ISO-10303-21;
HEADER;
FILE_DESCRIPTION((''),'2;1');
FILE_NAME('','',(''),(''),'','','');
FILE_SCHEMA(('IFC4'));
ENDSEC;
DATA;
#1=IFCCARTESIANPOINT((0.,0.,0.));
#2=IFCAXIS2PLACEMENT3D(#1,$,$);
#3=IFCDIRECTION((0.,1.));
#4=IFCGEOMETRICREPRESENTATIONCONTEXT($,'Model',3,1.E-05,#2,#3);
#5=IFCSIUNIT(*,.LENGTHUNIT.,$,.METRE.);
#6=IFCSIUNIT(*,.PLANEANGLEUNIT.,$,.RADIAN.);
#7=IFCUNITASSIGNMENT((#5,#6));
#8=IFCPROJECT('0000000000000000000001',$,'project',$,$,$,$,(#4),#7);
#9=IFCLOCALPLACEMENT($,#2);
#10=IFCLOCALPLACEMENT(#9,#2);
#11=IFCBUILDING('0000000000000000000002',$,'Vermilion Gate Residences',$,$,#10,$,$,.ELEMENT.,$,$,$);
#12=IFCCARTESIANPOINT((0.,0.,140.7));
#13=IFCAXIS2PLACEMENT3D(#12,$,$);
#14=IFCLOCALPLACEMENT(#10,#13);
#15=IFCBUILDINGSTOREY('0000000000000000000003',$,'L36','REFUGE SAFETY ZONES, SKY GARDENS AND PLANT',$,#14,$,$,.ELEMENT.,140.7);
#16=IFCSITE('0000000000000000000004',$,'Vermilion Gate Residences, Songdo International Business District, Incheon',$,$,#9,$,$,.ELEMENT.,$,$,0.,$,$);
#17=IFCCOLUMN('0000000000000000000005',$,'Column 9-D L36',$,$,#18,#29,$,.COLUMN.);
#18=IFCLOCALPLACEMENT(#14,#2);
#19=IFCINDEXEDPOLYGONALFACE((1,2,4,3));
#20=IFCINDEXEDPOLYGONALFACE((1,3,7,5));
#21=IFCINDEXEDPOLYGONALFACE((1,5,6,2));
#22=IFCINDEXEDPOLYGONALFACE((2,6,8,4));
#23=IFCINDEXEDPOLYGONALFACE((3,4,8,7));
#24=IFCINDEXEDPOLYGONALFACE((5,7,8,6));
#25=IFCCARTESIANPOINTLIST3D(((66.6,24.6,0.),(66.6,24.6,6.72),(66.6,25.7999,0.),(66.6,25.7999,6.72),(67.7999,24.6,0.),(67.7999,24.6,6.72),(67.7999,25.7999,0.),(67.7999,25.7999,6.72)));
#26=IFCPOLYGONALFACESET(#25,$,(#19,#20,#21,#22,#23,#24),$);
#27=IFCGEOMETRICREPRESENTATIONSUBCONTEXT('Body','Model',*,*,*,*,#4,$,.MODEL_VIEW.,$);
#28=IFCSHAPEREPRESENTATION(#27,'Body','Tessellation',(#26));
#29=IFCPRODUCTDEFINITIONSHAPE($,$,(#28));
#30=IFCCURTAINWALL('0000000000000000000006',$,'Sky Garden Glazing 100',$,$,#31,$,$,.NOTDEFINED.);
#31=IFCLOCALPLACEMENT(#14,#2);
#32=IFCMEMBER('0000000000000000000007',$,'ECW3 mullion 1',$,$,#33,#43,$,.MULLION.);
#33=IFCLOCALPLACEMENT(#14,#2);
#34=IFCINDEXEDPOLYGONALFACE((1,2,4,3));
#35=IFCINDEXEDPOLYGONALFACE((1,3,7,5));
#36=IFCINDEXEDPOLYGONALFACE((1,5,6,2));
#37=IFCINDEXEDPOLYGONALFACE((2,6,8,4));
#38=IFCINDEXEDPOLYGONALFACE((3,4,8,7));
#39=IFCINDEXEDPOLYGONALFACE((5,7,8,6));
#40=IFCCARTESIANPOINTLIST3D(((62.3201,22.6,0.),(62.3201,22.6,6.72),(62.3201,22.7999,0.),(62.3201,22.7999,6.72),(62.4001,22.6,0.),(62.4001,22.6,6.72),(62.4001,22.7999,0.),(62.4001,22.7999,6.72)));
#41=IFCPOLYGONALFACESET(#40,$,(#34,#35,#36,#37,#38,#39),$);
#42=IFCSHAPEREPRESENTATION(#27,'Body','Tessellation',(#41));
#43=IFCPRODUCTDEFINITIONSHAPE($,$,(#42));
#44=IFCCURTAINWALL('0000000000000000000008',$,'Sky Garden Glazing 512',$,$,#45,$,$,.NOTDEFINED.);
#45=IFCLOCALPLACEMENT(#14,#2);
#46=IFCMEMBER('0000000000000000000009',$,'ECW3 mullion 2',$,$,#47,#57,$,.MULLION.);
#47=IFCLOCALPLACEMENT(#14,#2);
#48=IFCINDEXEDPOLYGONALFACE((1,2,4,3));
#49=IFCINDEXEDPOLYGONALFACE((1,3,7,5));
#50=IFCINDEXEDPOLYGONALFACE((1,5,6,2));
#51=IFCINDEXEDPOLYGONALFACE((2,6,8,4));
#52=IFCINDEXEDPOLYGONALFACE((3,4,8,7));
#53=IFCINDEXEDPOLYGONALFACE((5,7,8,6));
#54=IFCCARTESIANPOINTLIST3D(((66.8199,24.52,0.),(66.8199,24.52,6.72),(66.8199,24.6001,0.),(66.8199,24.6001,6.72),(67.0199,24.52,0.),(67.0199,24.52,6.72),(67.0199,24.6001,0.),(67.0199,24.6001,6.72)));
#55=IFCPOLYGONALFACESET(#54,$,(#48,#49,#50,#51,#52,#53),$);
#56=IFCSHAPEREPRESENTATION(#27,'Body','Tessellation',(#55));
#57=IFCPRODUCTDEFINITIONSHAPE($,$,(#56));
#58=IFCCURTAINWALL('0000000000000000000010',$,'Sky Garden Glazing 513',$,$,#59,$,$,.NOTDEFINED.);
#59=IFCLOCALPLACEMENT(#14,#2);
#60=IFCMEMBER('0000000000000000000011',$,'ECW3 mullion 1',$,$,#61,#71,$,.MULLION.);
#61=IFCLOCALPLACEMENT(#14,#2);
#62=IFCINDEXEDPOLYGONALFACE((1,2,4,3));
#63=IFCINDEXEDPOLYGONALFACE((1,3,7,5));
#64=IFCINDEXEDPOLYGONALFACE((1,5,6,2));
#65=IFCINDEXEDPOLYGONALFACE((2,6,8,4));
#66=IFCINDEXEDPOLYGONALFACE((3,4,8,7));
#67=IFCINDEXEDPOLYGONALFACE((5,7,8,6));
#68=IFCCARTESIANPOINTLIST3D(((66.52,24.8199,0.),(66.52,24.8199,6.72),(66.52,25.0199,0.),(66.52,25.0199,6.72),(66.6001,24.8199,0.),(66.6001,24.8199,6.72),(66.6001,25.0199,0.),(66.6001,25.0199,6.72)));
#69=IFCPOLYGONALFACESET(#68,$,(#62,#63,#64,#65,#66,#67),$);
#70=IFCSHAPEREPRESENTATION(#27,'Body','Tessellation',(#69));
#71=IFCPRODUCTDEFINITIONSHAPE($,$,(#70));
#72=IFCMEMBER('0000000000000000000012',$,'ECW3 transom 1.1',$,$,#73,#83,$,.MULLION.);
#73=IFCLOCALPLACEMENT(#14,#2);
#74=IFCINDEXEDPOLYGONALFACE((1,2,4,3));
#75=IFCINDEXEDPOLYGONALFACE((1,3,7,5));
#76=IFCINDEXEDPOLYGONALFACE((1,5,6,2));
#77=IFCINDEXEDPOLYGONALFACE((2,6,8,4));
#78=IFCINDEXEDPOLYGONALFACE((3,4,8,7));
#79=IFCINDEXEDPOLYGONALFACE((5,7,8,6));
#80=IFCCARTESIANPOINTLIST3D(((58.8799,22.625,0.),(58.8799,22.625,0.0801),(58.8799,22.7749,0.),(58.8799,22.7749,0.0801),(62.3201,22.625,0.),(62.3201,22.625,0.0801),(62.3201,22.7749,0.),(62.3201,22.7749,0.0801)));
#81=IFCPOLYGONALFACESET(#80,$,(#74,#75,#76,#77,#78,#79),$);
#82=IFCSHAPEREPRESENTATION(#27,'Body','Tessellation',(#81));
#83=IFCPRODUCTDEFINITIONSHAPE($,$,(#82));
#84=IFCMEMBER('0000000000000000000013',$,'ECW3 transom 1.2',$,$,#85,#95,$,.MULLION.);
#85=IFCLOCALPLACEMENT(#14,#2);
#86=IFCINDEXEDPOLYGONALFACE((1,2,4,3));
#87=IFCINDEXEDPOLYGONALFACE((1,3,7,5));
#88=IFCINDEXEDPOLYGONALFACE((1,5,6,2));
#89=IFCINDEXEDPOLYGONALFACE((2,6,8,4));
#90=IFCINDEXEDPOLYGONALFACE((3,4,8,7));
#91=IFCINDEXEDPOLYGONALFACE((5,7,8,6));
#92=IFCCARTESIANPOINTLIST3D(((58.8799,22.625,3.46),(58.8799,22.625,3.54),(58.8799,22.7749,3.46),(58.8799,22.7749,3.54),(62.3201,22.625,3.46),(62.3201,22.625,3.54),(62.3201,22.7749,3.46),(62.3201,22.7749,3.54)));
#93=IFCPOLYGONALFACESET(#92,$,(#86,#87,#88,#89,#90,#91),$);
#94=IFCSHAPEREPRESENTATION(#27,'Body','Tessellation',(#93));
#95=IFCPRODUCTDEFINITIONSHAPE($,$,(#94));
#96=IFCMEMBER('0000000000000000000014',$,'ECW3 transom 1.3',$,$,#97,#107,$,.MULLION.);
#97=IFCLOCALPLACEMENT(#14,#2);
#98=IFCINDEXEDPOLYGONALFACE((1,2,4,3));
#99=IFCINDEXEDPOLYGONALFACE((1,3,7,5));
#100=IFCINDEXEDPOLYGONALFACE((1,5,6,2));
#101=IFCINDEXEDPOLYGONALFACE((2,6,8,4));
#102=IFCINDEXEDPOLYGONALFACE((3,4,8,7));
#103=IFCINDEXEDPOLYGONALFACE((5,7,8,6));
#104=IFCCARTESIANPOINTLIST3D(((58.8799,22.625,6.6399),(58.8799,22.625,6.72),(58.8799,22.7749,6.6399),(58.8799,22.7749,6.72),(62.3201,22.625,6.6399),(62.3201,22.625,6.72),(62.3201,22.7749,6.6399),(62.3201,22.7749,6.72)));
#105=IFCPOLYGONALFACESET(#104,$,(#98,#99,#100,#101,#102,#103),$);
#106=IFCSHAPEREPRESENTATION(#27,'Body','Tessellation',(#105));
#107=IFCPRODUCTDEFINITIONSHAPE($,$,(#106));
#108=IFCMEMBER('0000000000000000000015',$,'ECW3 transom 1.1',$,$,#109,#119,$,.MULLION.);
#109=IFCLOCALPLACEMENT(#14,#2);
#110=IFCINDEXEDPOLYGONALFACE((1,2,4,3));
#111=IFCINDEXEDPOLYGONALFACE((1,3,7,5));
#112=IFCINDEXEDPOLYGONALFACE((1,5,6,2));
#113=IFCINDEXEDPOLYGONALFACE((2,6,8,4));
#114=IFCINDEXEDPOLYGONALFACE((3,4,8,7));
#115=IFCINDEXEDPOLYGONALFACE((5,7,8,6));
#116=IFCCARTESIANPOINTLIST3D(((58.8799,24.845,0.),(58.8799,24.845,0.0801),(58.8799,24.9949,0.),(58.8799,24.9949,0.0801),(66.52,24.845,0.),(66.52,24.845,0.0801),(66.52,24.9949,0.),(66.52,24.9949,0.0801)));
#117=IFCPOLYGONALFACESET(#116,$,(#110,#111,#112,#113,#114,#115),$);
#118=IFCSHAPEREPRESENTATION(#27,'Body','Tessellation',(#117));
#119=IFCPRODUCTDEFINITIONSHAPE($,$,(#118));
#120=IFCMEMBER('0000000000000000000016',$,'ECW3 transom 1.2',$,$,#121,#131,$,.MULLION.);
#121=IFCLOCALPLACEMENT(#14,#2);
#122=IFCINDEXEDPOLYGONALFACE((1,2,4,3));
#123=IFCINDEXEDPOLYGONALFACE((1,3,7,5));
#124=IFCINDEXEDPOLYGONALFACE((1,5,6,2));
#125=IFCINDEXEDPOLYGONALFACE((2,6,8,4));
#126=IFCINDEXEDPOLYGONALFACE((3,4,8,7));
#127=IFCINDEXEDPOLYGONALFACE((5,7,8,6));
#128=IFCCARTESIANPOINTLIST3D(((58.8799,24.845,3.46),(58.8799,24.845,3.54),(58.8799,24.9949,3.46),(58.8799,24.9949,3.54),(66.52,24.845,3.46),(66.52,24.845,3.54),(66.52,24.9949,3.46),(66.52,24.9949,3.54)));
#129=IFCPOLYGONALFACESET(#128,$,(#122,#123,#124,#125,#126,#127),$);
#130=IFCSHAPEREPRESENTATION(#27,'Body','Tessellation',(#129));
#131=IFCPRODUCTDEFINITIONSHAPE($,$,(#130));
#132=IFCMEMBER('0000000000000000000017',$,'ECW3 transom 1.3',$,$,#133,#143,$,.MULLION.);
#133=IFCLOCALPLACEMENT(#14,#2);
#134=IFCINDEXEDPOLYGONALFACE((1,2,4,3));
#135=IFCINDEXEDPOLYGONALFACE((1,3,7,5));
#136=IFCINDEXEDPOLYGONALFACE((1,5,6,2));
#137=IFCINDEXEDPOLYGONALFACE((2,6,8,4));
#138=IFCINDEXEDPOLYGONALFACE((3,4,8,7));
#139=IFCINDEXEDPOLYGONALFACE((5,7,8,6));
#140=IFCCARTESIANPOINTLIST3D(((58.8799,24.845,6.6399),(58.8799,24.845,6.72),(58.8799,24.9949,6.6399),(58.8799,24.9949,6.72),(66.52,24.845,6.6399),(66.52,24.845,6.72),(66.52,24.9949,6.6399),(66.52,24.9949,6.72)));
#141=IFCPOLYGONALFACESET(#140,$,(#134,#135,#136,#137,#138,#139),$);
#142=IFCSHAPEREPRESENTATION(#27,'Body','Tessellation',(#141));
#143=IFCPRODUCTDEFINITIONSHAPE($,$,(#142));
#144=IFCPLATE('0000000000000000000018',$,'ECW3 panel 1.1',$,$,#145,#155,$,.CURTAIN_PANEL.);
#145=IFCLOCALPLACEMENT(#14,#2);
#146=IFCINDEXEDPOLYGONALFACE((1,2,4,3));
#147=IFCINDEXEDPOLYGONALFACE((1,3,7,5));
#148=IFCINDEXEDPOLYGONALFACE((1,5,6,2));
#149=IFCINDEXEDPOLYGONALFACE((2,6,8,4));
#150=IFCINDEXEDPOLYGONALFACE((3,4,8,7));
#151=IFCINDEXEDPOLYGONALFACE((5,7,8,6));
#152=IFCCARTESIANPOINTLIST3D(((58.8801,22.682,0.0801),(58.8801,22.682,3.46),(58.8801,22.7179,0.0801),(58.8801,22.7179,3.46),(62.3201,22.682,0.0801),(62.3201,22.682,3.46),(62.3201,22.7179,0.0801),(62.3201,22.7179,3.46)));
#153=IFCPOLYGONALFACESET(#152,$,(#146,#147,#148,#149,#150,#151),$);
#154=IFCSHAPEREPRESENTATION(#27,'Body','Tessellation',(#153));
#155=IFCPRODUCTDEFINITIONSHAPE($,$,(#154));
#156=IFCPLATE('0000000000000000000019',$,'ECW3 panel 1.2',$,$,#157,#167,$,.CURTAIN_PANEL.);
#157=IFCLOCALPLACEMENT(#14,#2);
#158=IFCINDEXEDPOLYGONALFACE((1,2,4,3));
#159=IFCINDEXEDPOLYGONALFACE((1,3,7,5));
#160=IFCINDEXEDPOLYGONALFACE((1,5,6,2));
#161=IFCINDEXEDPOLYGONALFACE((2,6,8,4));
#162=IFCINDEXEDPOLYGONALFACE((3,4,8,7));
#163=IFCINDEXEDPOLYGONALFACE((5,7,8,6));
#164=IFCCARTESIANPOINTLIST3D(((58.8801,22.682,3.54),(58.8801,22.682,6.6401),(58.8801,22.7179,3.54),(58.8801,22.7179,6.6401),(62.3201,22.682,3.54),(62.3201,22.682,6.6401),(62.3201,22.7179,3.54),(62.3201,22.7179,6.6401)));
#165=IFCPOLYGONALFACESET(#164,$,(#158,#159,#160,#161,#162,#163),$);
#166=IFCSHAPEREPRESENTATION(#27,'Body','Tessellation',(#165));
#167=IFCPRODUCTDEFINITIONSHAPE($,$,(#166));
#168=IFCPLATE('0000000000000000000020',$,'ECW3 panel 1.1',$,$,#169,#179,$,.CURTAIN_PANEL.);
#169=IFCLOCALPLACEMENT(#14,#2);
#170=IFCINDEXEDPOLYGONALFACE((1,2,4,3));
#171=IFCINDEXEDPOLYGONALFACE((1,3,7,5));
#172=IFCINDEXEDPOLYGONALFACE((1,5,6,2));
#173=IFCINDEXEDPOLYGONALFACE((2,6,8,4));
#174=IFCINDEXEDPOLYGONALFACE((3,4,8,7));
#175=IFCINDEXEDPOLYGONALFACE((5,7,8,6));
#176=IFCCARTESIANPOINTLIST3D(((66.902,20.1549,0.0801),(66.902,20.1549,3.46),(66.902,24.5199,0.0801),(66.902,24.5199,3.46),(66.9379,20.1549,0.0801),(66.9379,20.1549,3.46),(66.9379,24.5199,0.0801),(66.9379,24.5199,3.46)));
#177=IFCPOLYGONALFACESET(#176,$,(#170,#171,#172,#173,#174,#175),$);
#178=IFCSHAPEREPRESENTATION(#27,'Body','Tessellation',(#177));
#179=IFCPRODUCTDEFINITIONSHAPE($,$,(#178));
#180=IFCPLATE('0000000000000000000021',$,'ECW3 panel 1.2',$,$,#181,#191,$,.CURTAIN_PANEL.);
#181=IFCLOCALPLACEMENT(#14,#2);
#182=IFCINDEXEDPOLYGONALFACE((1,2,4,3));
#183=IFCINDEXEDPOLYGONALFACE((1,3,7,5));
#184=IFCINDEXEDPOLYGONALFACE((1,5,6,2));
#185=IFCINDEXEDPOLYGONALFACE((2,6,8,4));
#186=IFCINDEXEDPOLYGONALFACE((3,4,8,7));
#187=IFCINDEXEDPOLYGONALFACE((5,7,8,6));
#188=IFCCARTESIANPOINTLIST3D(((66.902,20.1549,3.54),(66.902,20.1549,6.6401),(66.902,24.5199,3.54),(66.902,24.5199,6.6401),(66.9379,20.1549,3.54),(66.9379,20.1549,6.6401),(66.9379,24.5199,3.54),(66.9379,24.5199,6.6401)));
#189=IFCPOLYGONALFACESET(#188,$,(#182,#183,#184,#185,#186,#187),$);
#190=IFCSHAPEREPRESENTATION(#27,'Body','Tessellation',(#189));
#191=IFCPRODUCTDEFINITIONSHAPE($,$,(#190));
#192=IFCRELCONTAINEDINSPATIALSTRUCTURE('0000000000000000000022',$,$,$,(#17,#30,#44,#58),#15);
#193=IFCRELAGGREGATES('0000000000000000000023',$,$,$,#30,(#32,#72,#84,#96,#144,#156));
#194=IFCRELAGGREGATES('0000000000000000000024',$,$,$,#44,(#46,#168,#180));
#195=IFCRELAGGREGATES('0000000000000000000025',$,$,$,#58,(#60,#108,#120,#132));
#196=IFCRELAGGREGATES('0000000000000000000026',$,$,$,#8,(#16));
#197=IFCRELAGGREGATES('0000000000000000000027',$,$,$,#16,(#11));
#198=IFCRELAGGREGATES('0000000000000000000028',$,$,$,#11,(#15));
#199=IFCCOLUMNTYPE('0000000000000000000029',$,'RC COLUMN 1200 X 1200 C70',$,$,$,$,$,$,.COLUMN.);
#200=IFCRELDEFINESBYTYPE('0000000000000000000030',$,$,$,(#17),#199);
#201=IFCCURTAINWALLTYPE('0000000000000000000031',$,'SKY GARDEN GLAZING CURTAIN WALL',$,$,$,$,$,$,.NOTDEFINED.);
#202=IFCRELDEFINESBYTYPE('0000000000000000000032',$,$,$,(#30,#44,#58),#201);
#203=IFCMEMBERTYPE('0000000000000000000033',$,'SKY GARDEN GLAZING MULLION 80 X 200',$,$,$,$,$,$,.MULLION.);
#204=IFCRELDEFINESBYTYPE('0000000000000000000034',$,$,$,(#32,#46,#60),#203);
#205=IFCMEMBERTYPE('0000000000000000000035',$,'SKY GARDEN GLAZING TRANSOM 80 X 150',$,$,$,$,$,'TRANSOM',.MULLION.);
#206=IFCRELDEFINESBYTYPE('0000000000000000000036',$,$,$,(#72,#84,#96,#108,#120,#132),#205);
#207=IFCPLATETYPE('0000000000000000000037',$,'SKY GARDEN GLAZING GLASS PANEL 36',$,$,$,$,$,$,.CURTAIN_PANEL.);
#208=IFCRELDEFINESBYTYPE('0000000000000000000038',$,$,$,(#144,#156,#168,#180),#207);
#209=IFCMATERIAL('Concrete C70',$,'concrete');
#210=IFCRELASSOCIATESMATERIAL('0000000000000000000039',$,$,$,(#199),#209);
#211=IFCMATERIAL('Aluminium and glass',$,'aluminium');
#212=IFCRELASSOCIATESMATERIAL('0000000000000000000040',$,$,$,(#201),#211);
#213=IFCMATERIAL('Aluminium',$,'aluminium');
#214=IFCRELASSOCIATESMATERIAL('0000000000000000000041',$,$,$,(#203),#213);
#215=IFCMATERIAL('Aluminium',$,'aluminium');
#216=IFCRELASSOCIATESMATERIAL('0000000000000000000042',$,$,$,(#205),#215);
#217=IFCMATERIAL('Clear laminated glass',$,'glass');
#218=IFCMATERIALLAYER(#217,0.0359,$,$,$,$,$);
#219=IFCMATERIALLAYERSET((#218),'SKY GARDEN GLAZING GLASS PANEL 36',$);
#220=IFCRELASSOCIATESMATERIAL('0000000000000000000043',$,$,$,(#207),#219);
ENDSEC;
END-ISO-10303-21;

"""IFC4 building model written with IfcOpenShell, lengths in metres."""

from ifc_helpers import new_model, si_unit, direction, frame, origin, origin_2d, place, context, subcontext, project, spatial, rectangle, extrude, material, layer, layer_set, material_profile, profile_set, type_object, element, aggregate, save


model = new_model("IFC4")

# Units and contexts
model_context = context("Model", 3, precision=1e-05, world=origin(), true_north=direction((0.0, 1.0)))
body_context = subcontext(model_context, "Body", "Model", "MODEL_VIEW")
ifc_project = project(units=[si_unit("LENGTHUNIT", "METRE"), si_unit("PLANEANGLEUNIT", "RADIAN")], contexts=[model_context])

# Site, building, storey
site_placement = place(None, origin())
site = spatial("IfcSite", under=ifc_project, at=site_placement, Name="Vermilion Gate Residences, Songdo International Business District, Incheon", CompositionType="ELEMENT", RefElevation=0.0)
building_placement = place(site_placement, origin())
building = spatial("IfcBuilding", under=site, at=building_placement, Name="Vermilion Gate Residences", CompositionType="ELEMENT")
storey_placement = place(building_placement, frame((0.0, 0.0, 140.7)))
storey = spatial("IfcBuildingStorey", under=building, at=storey_placement, Name="L36", Description="REFUGE SAFETY ZONES, SKY GARDENS AND PLANT", CompositionType="ELEMENT", Elevation=140.7)

# Column
ifc_material_1 = material(Name="Concrete C70", Category="concrete")
ifc_material_profile_1 = material_profile(ifc_material_1, rectangle(XDim=1.2, YDim=1.2, at=origin_2d()), Name="RC-1200x1200")
ifc_profile_set_1 = profile_set([ifc_material_profile_1], Name="Concrete C70")
column_type = type_object("IfcColumnType", Name="RC COLUMN 1200 X 1200 C70", PredefinedType="COLUMN", material=ifc_profile_set_1)
column_placement = place(storey_placement, frame((67.2, 25.2, 0.0), z_axis=(0.0, 0.0, 1.0), x_axis=(1.0, 0.0, 0.0)))
element("IfcColumn", 1, at=column_placement, inside=storey, type_object=column_type, Name="Column 9-D L36", PredefinedType="COLUMN", context=body_context, shape_type="SweptSolid", body=[
    extrude(rectangle(XDim=1.2, YDim=1.2, at=origin_2d()), origin(), (0.0, 0.0, 1.0), 6.72),
])

# Curtain walls, members
ifc_material_2 = material(Name="Aluminium and glass", Category="aluminium")
curtain_wall_type = type_object("IfcCurtainWallType", Name="SKY GARDEN GLAZING CURTAIN WALL", PredefinedType="NOTDEFINED", material=ifc_material_2)
curtain_wall_1_placement = place(storey_placement, origin())
curtain_wall_1 = element("IfcCurtainWall", 2, at=curtain_wall_1_placement, inside=storey, type_object=curtain_wall_type, Name="Sky Garden Glazing 100", PredefinedType="NOTDEFINED")
ifc_material_3 = material(Name="Aluminium", Category="aluminium")
ifc_material_profile_2 = material_profile(ifc_material_3, rectangle(XDim=0.2, YDim=0.0801, at=origin_2d()), Name="MULLION 80 X 200")
ifc_profile_set_2 = profile_set([ifc_material_profile_2], Name="Aluminium")
member_type_1 = type_object("IfcMemberType", Name="SKY GARDEN GLAZING MULLION 80 X 200", PredefinedType="MULLION", material=ifc_profile_set_2)
member_1_placement = place(storey_placement, frame((62.3601, 22.7, 0.0), z_axis=(0.0, 0.0, 1.0), x_axis=(0.0, -1.0, 0.0)))
member_1 = element("IfcMember", 3, at=member_1_placement, type_object=member_type_1, Name="ECW3 mullion 1", PredefinedType="MULLION", context=body_context, shape_type="SweptSolid", body=[
    extrude(rectangle(XDim=0.2, YDim=0.0801, at=origin_2d()), origin(), (0.0, 0.0, 1.0), 6.72),
])
curtain_wall_2_placement = place(storey_placement, origin())
curtain_wall_2 = element("IfcCurtainWall", 4, at=curtain_wall_2_placement, inside=storey, type_object=curtain_wall_type, Name="Sky Garden Glazing 512", PredefinedType="NOTDEFINED")
member_2_placement = place(storey_placement, frame((66.9199, 24.5601, 0.0), z_axis=(0.0, 0.0, 1.0), x_axis=(-1.0, 0.0, 0.0)))
member_2 = element("IfcMember", 5, at=member_2_placement, type_object=member_type_1, Name="ECW3 mullion 2", PredefinedType="MULLION", context=body_context, shape_type="SweptSolid", body=[
    extrude(rectangle(XDim=0.2, YDim=0.0801, at=origin_2d()), origin(), (0.0, 0.0, 1.0), 6.72),
])
curtain_wall_3_placement = place(storey_placement, origin())
curtain_wall_3 = element("IfcCurtainWall", 6, at=curtain_wall_3_placement, inside=storey, type_object=curtain_wall_type, Name="Sky Garden Glazing 513", PredefinedType="NOTDEFINED")
member_3_placement = place(storey_placement, frame((66.5601, 24.9199, 0.0), z_axis=(0.0, 0.0, 1.0), x_axis=(0.0, -1.0, 0.0)))
member_3 = element("IfcMember", 7, at=member_3_placement, type_object=member_type_1, Name="ECW3 mullion 1", PredefinedType="MULLION", context=body_context, shape_type="SweptSolid", body=[
    extrude(rectangle(XDim=0.2, YDim=0.0801, at=origin_2d()), origin(), (0.0, 0.0, 1.0), 6.72),
])

# Members
ifc_material_4 = material(Name="Aluminium", Category="aluminium")
ifc_material_profile_3 = material_profile(ifc_material_4, rectangle(XDim=0.1499, YDim=0.0801, at=origin_2d()), Name="TRANSOM 80 X 150")
ifc_profile_set_3 = profile_set([ifc_material_profile_3], Name="Aluminium")
member_type_2 = type_object("IfcMemberType", Name="SKY GARDEN GLAZING TRANSOM 80 X 150", ElementType="TRANSOM", PredefinedType="MULLION", material=ifc_profile_set_3)
member_4_placement = place(storey_placement, frame((62.3201, 22.7, 0.04), z_axis=(-1.0, 0.0, 0.0), x_axis=(0.0, -1.0, 0.0)))
member_4 = element("IfcMember", 8, at=member_4_placement, type_object=member_type_2, Name="ECW3 transom 1.1", PredefinedType="MULLION", context=body_context, shape_type="SweptSolid", body=[
    extrude(rectangle(XDim=0.1499, YDim=0.0801, at=origin_2d()), origin(), (0.0, 0.0, 1.0), 3.4402),
])
member_5_placement = place(storey_placement, frame((62.3201, 22.7, 3.5), z_axis=(-1.0, 0.0, 0.0), x_axis=(0.0, -1.0, 0.0)))
member_5 = element("IfcMember", 9, at=member_5_placement, type_object=member_type_2, Name="ECW3 transom 1.2", PredefinedType="MULLION", context=body_context, shape_type="SweptSolid", body=[
    extrude(rectangle(XDim=0.1499, YDim=0.0801, at=origin_2d()), origin(), (0.0, 0.0, 1.0), 3.4402),
])
member_6_placement = place(storey_placement, frame((62.3201, 22.7, 6.6799), z_axis=(-1.0, 0.0, 0.0), x_axis=(0.0, -1.0, 0.0)))
member_6 = element("IfcMember", 10, at=member_6_placement, type_object=member_type_2, Name="ECW3 transom 1.3", PredefinedType="MULLION", context=body_context, shape_type="SweptSolid", body=[
    extrude(rectangle(XDim=0.1499, YDim=0.0801, at=origin_2d()), origin(), (0.0, 0.0, 1.0), 3.4402),
])
member_7_placement = place(storey_placement, frame((66.52, 24.9199, 0.04), z_axis=(-1.0, 0.0, 0.0), x_axis=(0.0, -1.0, 0.0)))
member_7 = element("IfcMember", 11, at=member_7_placement, type_object=member_type_2, Name="ECW3 transom 1.1", PredefinedType="MULLION", context=body_context, shape_type="SweptSolid", body=[
    extrude(rectangle(XDim=0.1499, YDim=0.0801, at=origin_2d()), origin(), (0.0, 0.0, 1.0), 7.6401),
])
member_8_placement = place(storey_placement, frame((66.52, 24.9199, 3.5), z_axis=(-1.0, 0.0, 0.0), x_axis=(0.0, -1.0, 0.0)))
member_8 = element("IfcMember", 12, at=member_8_placement, type_object=member_type_2, Name="ECW3 transom 1.2", PredefinedType="MULLION", context=body_context, shape_type="SweptSolid", body=[
    extrude(rectangle(XDim=0.1499, YDim=0.0801, at=origin_2d()), origin(), (0.0, 0.0, 1.0), 7.6401),
])
member_9_placement = place(storey_placement, frame((66.52, 24.9199, 6.6799), z_axis=(-1.0, 0.0, 0.0), x_axis=(0.0, -1.0, 0.0)))
member_9 = element("IfcMember", 13, at=member_9_placement, type_object=member_type_2, Name="ECW3 transom 1.3", PredefinedType="MULLION", context=body_context, shape_type="SweptSolid", body=[
    extrude(rectangle(XDim=0.1499, YDim=0.0801, at=origin_2d()), origin(), (0.0, 0.0, 1.0), 7.6401),
])

# Plates
ifc_material_5 = material(Name="Clear laminated glass", Category="glass")
ifc_layer = layer(ifc_material_5, 0.0359)
ifc_layer_set = layer_set([ifc_layer], Name="SKY GARDEN GLAZING GLASS PANEL 36")
plate_type = type_object("IfcPlateType", Name="SKY GARDEN GLAZING GLASS PANEL 36", PredefinedType="CURTAIN_PANEL", material=ifc_layer_set)
plate_1_placement = place(storey_placement, frame((60.6001, 22.7, 0.0801), z_axis=(0.0, 0.0, 1.0), x_axis=(-1.0, 0.0, 0.0)))
plate_1 = element("IfcPlate", 14, at=plate_1_placement, type_object=plate_type, Name="ECW3 panel 1.1", PredefinedType="CURTAIN_PANEL", context=body_context, shape_type="SweptSolid", body=[
    extrude(rectangle(XDim=3.4399, YDim=0.0359, at=origin_2d()), origin(), (0.0, 0.0, 1.0), 3.3799),
])
plate_2_placement = place(storey_placement, frame((60.6001, 22.7, 3.54), z_axis=(0.0, 0.0, 1.0), x_axis=(-1.0, 0.0, 0.0)))
plate_2 = element("IfcPlate", 15, at=plate_2_placement, type_object=plate_type, Name="ECW3 panel 1.2", PredefinedType="CURTAIN_PANEL", context=body_context, shape_type="SweptSolid", body=[
    extrude(rectangle(XDim=3.4399, YDim=0.0359, at=origin_2d()), origin(), (0.0, 0.0, 1.0), 3.1001),
])
aggregate(curtain_wall_1, [member_1, member_4, member_5, member_6, plate_1, plate_2])
plate_3_placement = place(storey_placement, frame((66.9199, 22.3374, 0.0801), z_axis=(0.0, 0.0, 1.0), x_axis=(0.0, 1.0, 0.0)))
plate_3 = element("IfcPlate", 16, at=plate_3_placement, type_object=plate_type, Name="ECW3 panel 1.1", PredefinedType="CURTAIN_PANEL", context=body_context, shape_type="SweptSolid", body=[
    extrude(rectangle(XDim=4.365, YDim=0.0359, at=origin_2d()), origin(), (0.0, 0.0, 1.0), 3.3799),
])
plate_4_placement = place(storey_placement, frame((66.9199, 22.3374, 3.54), z_axis=(0.0, 0.0, 1.0), x_axis=(0.0, 1.0, 0.0)))
plate_4 = element("IfcPlate", 17, at=plate_4_placement, type_object=plate_type, Name="ECW3 panel 1.2", PredefinedType="CURTAIN_PANEL", context=body_context, shape_type="SweptSolid", body=[
    extrude(rectangle(XDim=4.365, YDim=0.0359, at=origin_2d()), origin(), (0.0, 0.0, 1.0), 3.1001),
])
aggregate(curtain_wall_2, [member_2, plate_3, plate_4])
aggregate(curtain_wall_3, [member_3, member_7, member_8, member_9])

save(model, "model.ifc")
